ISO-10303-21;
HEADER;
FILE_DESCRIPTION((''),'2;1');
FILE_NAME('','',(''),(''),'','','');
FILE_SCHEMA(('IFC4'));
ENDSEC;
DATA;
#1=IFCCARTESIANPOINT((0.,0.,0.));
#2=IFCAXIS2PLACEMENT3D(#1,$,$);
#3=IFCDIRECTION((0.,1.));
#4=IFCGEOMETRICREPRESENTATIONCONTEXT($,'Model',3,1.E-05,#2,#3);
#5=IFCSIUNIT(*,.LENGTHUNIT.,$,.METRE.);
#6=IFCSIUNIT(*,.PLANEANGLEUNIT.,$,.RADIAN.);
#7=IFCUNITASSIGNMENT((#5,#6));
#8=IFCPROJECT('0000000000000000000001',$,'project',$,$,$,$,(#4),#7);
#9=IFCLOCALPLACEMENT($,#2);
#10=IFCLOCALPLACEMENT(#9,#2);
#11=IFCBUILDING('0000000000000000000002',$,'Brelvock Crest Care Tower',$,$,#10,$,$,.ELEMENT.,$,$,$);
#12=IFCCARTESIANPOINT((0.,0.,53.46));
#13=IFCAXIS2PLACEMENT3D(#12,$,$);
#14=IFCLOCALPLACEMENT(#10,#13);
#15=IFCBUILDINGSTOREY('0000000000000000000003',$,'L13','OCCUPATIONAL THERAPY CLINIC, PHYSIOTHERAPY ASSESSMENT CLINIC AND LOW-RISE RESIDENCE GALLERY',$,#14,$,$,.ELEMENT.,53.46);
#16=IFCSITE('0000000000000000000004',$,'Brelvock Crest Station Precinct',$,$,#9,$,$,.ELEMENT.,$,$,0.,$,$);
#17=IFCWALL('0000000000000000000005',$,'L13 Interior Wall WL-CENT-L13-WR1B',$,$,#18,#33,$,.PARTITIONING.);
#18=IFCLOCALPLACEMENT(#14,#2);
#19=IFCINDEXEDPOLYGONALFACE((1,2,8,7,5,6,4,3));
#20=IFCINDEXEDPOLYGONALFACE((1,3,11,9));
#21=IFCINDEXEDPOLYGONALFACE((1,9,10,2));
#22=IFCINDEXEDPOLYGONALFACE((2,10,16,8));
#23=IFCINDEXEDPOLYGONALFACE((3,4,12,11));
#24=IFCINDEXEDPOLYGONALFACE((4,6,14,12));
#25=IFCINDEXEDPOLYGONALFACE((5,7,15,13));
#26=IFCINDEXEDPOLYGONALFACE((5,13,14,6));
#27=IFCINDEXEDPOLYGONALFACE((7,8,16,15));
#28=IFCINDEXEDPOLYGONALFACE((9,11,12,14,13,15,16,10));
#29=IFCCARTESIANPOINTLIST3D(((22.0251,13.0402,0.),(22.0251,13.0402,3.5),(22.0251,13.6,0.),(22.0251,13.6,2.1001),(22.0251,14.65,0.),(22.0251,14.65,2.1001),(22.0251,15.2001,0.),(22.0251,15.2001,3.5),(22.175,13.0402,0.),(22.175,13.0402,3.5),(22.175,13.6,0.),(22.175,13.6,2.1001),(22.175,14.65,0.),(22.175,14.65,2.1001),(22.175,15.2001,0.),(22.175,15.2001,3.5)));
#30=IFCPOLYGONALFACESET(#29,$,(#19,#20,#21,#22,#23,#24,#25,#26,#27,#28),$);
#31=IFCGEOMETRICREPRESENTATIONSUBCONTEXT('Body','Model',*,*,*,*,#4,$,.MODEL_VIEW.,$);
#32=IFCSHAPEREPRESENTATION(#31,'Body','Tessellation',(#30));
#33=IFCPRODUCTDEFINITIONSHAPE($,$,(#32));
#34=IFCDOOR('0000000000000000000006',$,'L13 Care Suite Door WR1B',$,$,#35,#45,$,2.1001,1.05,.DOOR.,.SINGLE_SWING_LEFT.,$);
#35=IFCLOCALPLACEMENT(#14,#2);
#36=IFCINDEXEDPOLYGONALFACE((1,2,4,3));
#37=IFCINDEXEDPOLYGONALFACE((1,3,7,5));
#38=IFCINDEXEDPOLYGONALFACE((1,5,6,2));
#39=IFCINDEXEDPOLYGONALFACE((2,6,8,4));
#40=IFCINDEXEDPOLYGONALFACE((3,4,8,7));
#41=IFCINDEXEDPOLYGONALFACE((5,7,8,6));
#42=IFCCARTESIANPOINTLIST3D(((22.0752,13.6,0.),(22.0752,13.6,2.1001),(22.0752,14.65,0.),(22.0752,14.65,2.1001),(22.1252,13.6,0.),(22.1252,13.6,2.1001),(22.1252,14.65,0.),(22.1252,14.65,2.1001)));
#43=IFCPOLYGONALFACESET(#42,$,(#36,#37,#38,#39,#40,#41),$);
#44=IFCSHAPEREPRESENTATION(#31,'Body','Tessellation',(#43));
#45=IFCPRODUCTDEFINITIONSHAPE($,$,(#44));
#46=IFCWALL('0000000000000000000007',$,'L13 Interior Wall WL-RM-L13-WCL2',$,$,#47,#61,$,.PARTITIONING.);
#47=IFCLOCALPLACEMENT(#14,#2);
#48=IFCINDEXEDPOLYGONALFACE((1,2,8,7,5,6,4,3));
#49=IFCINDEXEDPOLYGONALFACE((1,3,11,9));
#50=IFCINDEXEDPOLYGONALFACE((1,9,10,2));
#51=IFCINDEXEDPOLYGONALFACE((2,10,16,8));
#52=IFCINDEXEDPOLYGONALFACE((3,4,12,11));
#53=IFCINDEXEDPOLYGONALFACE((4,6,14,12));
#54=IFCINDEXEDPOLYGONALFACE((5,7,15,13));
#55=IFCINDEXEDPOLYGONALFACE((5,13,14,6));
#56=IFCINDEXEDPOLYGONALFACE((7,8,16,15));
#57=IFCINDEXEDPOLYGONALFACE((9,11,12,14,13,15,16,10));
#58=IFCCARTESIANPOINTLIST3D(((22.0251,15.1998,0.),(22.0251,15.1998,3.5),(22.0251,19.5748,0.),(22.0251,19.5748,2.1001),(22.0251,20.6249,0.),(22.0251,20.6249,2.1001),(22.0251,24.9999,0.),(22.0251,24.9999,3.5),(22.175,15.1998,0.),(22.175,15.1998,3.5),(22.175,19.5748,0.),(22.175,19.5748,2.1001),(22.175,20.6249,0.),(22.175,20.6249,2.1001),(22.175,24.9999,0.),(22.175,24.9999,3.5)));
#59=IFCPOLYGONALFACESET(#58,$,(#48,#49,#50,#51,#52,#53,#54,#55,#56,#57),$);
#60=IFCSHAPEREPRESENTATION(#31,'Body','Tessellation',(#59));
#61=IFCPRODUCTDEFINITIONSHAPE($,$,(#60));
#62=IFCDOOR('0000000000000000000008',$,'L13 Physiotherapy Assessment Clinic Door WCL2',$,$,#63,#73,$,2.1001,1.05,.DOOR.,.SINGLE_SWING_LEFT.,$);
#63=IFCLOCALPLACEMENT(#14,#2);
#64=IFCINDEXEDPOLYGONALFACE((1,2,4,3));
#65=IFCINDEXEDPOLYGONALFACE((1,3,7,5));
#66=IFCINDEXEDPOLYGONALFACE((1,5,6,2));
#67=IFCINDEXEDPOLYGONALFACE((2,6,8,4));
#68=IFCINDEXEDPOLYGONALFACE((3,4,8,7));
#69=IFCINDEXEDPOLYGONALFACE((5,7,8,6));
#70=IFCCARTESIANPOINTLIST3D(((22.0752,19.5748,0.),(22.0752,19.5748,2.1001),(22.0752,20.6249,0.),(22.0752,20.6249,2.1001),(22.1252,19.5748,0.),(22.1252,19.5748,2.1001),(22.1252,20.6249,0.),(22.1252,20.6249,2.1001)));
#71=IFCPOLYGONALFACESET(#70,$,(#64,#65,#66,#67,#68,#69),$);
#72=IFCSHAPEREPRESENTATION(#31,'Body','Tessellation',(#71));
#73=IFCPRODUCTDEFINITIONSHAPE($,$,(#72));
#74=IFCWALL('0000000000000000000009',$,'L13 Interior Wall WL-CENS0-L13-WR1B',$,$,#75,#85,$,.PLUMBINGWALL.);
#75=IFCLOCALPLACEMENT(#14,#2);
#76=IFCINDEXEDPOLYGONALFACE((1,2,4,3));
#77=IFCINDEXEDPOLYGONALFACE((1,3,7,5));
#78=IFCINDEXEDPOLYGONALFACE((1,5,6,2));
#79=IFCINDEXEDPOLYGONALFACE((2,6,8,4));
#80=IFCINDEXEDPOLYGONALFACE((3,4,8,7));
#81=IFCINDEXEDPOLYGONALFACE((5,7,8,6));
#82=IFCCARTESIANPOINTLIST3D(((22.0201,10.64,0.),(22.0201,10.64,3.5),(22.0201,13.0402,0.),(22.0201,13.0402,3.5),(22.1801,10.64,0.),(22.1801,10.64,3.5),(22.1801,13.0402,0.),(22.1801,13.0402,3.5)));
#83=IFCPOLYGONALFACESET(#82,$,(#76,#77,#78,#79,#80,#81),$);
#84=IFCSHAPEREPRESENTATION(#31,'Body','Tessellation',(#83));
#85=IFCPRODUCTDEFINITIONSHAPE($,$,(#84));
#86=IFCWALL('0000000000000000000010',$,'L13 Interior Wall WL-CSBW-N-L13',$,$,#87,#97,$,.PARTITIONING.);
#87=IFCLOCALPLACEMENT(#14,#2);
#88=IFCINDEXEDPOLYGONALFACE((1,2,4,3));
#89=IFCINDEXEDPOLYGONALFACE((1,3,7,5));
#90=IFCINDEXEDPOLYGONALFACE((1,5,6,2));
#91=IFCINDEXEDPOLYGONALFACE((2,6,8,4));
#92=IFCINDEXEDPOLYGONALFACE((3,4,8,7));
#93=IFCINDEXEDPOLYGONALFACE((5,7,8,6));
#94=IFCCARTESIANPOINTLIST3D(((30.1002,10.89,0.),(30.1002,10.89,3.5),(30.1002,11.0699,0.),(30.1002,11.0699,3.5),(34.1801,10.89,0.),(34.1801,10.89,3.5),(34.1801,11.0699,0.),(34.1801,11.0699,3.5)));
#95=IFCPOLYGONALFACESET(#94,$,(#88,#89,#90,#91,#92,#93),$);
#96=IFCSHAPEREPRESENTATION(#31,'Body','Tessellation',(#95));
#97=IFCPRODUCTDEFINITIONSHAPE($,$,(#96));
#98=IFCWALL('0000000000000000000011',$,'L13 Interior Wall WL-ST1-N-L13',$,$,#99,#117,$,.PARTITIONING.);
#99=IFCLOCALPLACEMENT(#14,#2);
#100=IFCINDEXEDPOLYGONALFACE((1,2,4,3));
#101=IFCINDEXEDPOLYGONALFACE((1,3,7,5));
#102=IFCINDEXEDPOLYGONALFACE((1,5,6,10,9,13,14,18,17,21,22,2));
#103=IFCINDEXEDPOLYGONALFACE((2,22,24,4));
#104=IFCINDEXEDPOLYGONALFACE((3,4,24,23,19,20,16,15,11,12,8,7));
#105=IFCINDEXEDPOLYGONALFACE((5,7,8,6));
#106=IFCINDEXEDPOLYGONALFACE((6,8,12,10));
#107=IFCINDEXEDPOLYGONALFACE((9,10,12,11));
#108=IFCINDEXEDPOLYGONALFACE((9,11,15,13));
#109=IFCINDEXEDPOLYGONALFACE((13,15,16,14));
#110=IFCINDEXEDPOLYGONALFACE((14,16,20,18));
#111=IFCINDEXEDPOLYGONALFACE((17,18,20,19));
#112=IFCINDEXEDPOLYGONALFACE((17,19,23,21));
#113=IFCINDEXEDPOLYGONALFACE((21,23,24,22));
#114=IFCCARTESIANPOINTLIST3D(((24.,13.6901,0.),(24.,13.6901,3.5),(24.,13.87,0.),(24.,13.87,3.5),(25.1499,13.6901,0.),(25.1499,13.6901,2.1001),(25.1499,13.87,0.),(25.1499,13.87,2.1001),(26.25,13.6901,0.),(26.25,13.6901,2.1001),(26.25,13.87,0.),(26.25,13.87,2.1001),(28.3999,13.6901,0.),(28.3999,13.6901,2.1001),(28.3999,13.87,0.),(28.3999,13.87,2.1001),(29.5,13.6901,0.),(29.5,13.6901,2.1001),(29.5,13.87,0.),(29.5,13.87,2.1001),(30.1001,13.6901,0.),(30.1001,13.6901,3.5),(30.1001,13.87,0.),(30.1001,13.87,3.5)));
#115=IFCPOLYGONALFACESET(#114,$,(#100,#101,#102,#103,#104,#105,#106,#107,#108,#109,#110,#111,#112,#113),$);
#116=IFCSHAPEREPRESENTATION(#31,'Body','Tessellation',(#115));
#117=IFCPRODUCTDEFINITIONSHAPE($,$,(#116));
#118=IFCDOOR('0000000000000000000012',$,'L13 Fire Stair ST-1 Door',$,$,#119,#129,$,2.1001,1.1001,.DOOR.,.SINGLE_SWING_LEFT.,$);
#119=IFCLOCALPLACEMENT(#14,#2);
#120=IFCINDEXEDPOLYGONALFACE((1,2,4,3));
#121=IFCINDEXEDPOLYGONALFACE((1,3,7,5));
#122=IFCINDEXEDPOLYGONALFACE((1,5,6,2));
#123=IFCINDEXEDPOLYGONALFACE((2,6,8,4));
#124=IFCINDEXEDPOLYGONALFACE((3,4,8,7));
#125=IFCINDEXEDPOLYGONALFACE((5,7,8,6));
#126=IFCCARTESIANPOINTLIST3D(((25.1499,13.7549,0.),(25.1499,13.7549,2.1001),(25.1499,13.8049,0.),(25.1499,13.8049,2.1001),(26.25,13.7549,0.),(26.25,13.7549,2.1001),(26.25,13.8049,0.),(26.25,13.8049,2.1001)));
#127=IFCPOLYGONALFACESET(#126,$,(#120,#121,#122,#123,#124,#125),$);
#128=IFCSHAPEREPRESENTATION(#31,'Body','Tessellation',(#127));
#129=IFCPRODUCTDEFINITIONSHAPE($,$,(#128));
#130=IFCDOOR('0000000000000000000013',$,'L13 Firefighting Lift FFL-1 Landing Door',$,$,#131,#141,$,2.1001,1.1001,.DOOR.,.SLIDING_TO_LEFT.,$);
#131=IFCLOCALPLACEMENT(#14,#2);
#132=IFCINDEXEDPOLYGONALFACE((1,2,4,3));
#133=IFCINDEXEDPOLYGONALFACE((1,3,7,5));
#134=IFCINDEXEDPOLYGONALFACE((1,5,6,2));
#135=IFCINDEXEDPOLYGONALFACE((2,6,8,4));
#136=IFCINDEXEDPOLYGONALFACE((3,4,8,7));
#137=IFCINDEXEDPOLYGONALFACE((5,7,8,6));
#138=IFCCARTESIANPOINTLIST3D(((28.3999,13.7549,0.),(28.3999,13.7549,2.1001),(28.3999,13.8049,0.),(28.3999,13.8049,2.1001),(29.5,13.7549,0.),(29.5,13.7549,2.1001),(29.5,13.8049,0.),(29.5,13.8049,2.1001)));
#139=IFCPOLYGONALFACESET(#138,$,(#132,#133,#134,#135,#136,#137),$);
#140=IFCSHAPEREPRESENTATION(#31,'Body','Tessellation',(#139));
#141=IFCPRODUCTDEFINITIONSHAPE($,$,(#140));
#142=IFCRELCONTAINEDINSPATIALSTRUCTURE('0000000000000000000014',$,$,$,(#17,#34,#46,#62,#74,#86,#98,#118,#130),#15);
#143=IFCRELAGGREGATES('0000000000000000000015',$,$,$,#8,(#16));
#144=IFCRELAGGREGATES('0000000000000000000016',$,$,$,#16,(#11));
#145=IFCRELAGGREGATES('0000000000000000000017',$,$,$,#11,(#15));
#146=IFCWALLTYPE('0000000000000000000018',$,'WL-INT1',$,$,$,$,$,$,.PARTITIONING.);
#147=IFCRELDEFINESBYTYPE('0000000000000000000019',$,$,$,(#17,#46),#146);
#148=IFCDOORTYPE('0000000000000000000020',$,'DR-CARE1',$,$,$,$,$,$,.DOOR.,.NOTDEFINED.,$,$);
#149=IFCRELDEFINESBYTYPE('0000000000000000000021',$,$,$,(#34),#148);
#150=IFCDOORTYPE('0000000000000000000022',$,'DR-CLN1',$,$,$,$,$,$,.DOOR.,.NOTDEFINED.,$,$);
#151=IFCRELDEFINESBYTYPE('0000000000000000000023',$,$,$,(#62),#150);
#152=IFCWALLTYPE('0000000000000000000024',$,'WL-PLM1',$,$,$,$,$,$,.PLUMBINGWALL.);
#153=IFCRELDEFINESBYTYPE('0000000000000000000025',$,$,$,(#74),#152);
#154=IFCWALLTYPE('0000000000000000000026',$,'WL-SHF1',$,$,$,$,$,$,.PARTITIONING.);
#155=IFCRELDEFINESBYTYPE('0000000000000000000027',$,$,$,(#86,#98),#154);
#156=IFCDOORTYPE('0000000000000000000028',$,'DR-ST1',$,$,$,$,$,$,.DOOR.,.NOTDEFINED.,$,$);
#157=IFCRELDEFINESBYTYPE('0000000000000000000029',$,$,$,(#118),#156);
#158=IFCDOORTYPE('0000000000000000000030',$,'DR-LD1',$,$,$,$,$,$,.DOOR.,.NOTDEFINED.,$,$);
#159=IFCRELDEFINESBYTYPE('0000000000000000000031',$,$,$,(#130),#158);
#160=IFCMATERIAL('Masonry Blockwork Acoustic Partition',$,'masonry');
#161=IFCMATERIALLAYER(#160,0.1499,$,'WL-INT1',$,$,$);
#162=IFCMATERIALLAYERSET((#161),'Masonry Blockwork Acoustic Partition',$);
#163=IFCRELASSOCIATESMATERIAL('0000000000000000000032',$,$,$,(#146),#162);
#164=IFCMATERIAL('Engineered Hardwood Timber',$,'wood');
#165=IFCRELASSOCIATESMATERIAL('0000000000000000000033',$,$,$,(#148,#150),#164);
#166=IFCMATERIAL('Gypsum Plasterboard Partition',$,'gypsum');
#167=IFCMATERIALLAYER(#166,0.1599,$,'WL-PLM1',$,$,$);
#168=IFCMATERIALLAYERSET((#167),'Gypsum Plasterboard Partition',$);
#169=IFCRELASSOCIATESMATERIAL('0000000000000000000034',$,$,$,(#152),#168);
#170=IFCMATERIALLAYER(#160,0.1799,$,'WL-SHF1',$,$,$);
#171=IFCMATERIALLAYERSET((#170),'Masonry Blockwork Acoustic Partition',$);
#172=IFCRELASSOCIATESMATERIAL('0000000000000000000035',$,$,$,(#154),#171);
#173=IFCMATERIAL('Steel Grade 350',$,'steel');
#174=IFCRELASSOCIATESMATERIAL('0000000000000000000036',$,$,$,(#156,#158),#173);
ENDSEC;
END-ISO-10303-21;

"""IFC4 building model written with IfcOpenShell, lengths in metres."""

from ifc_helpers import new_model, si_unit, direction, frame, frame_2d, origin, origin_2d, place, context, subcontext, project, spatial, rectangle, extrude, source, transform, mapped, material, layer, layer_set, type_object, element, fill, save


model = new_model("IFC4")

# Units and contexts
model_context = context("Model", 3, precision=1e-05, world=origin(), true_north=direction((0.0, 1.0)))
body_context = subcontext(model_context, "Body", "Model", "MODEL_VIEW")
ifc_project = project(units=[si_unit("LENGTHUNIT", "METRE"), si_unit("PLANEANGLEUNIT", "RADIAN")], contexts=[model_context])

# Site, building, storey
site_placement = place(None, origin())
site = spatial("IfcSite", under=ifc_project, at=site_placement, Name="Brelvock Crest Station Precinct", CompositionType="ELEMENT", RefElevation=0.0)
building_placement = place(site_placement, origin())
building = spatial("IfcBuilding", under=site, at=building_placement, Name="Brelvock Crest Care Tower", CompositionType="ELEMENT")
storey_placement = place(building_placement, frame((0.0, 0.0, 53.46)))
storey = spatial("IfcBuildingStorey", under=building, at=storey_placement, Name="L13", Description="OCCUPATIONAL THERAPY CLINIC, PHYSIOTHERAPY ASSESSMENT CLINIC AND LOW-RISE RESIDENCE GALLERY", CompositionType="ELEMENT", Elevation=53.46)

# Walls, openings, doors
ifc_material_1 = material(Name="Masonry Blockwork Acoustic Partition", Category="masonry")
ifc_layer_1 = layer(ifc_material_1, 0.1499, Name="WL-INT1")
ifc_layer_set_1 = layer_set([ifc_layer_1], Name="Masonry Blockwork Acoustic Partition")
wall_type_1 = type_object("IfcWallType", Name="WL-INT1", PredefinedType="PARTITIONING", material=ifc_layer_set_1)
wall_1_placement = place(storey_placement, frame((22.1001, 13.04, 0.0), z_axis=(0.0, 0.0, 1.0), x_axis=(0.0, 1.0, 0.0)))
wall_1 = element("IfcWall", 1, at=wall_1_placement, inside=storey, type_object=wall_type_1, Name="L13 Interior Wall WL-CENT-L13-WR1B", PredefinedType="PARTITIONING", context=body_context, shape_type="SweptSolid", body=[
    extrude(rectangle(XDim=2.1599, YDim=0.1499, at=frame_2d((1.0801, 0.0))), origin(), (0.0, 0.0, 1.0), 3.5),
])
opening_1_placement = place(wall_1_placement, frame((0.5601, 0.0, 0.0)))
opening_1 = element("IfcOpeningElement", 2, at=opening_1_placement, cuts=wall_1, PredefinedType="OPENING", context=body_context, shape_type="SweptSolid", body=[
    extrude(rectangle(XDim=1.05, YDim=2.1001, at=origin_2d()), frame((0.5249, 0.085, 1.05), z_axis=(0.0, -1.0, 0.0), x_axis=(1.0, 0.0, 0.0)), (0.0, 0.0, 1.0), 0.1699),
])
ifc_material_2 = material(Name="Engineered Hardwood Timber", Category="wood")
door_type_1 = type_object("IfcDoorType", Name="DR-CARE1", OperationType="NOTDEFINED", PredefinedType="DOOR", material=ifc_material_2)
shared_shape_1 = source(origin(), body_context, "Body", "SweptSolid", [
    extrude(rectangle(XDim=1.05, YDim=2.1001, at=origin_2d()), frame((0.5249, 0.0249, 1.05), z_axis=(0.0, -1.0, 0.0), x_axis=(1.0, 0.0, 0.0)), (0.0, 0.0, 1.0), 0.05),
])
door_1_placement = place(opening_1_placement, origin())
door_1 = element("IfcDoor", 3, at=door_1_placement, inside=storey, type_object=door_type_1, Name="L13 Care Suite Door WR1B", OperationType="SINGLE_SWING_LEFT", OverallHeight=2.1001, OverallWidth=1.05, PredefinedType="DOOR", context=body_context, shape_type="MappedRepresentation", body=[
    mapped(shared_shape_1, transform((0.0, 0.0, 0.0), x_axis=(1.0, 0.0, 0.0), y_axis=(0.0, 1.0, 0.0), z_axis=(0.0, 0.0, 1.0), scale=1.0)),
])
fill(opening_1, door_1)
wall_2_placement = place(storey_placement, frame((22.1001, 15.2, 0.0), z_axis=(0.0, 0.0, 1.0), x_axis=(0.0, 1.0, 0.0)))
wall_2 = element("IfcWall", 4, at=wall_2_placement, inside=storey, type_object=wall_type_1, Name="L13 Interior Wall WL-RM-L13-WCL2", PredefinedType="PARTITIONING", context=body_context, shape_type="SweptSolid", body=[
    extrude(rectangle(XDim=9.8, YDim=0.1499, at=frame_2d((4.8999, 0.0))), origin(), (0.0, 0.0, 1.0), 3.5),
])
opening_2_placement = place(wall_2_placement, frame((4.375, 0.0, 0.0)))
opening_2 = element("IfcOpeningElement", 5, at=opening_2_placement, cuts=wall_2, PredefinedType="OPENING", context=body_context, shape_type="SweptSolid", body=[
    extrude(rectangle(XDim=1.05, YDim=2.1001, at=origin_2d()), frame((0.5249, 0.085, 1.05), z_axis=(0.0, -1.0, 0.0), x_axis=(1.0, 0.0, 0.0)), (0.0, 0.0, 1.0), 0.1699),
])
door_type_2 = type_object("IfcDoorType", Name="DR-CLN1", OperationType="NOTDEFINED", PredefinedType="DOOR", material=ifc_material_2)
shared_shape_2 = source(origin(), body_context, "Body", "SweptSolid", [
    extrude(rectangle(XDim=1.05, YDim=2.1001, at=origin_2d()), frame((0.5249, 0.0249, 1.05), z_axis=(0.0, -1.0, 0.0), x_axis=(1.0, 0.0, 0.0)), (0.0, 0.0, 1.0), 0.05),
])
door_2_placement = place(opening_2_placement, origin())
door_2 = element("IfcDoor", 6, at=door_2_placement, inside=storey, type_object=door_type_2, Name="L13 Physiotherapy Assessment Clinic Door WCL2", OperationType="SINGLE_SWING_LEFT", OverallHeight=2.1001, OverallWidth=1.05, PredefinedType="DOOR", context=body_context, shape_type="MappedRepresentation", body=[
    mapped(shared_shape_2, transform((0.0, 0.0, 0.0), x_axis=(1.0, 0.0, 0.0), y_axis=(0.0, 1.0, 0.0), z_axis=(0.0, 0.0, 1.0), scale=1.0)),
])
fill(opening_2, door_2)

# Walls
ifc_material_3 = material(Name="Gypsum Plasterboard Partition", Category="gypsum")
ifc_layer_2 = layer(ifc_material_3, 0.1599, Name="WL-PLM1")
ifc_layer_set_2 = layer_set([ifc_layer_2], Name="Gypsum Plasterboard Partition")
wall_type_2 = type_object("IfcWallType", Name="WL-PLM1", PredefinedType="PLUMBINGWALL", material=ifc_layer_set_2)
wall_3_placement = place(storey_placement, frame((22.1001, 10.6399, 0.0), z_axis=(0.0, 0.0, 1.0), x_axis=(0.0, 1.0, 0.0)))
element("IfcWall", 7, at=wall_3_placement, inside=storey, type_object=wall_type_2, Name="L13 Interior Wall WL-CENS0-L13-WR1B", PredefinedType="PLUMBINGWALL", context=body_context, shape_type="SweptSolid", body=[
    extrude(rectangle(XDim=2.4001, YDim=0.1599, at=frame_2d((1.2002, 0.0))), origin(), (0.0, 0.0, 1.0), 3.5),
])
ifc_layer_3 = layer(ifc_material_1, 0.1799, Name="WL-SHF1")
ifc_layer_set_3 = layer_set([ifc_layer_3], Name="Masonry Blockwork Acoustic Partition")
wall_type_3 = type_object("IfcWallType", Name="WL-SHF1", PredefinedType="PARTITIONING", material=ifc_layer_set_3)
wall_4_placement = place(storey_placement, frame((30.1001, 10.98, 0.0), z_axis=(0.0, 0.0, 1.0), x_axis=(1.0, 0.0, 0.0)))
element("IfcWall", 8, at=wall_4_placement, inside=storey, type_object=wall_type_3, Name="L13 Interior Wall WL-CSBW-N-L13", PredefinedType="PARTITIONING", context=body_context, shape_type="SweptSolid", body=[
    extrude(rectangle(XDim=4.0798, YDim=0.1799, at=frame_2d((2.04, 0.0))), origin(), (0.0, 0.0, 1.0), 3.5),
])

# Wall, openings, doors
wall_5_placement = place(storey_placement, frame((24.0, 13.78, 0.0), z_axis=(0.0, 0.0, 1.0), x_axis=(1.0, 0.0, 0.0)))
wall_5 = element("IfcWall", 9, at=wall_5_placement, inside=storey, type_object=wall_type_3, Name="L13 Interior Wall WL-ST1-N-L13", PredefinedType="PARTITIONING", context=body_context, shape_type="SweptSolid", body=[
    extrude(rectangle(XDim=6.1001, YDim=0.1799, at=frame_2d((3.05, 0.0))), origin(), (0.0, 0.0, 1.0), 3.5),
])
opening_3_placement = place(wall_5_placement, frame((1.1499, 0.0, 0.0)))
opening_3 = element("IfcOpeningElement", 10, at=opening_3_placement, cuts=wall_5, PredefinedType="OPENING", context=body_context, shape_type="SweptSolid", body=[
    extrude(rectangle(XDim=1.1001, YDim=2.1001, at=origin_2d()), frame((0.55, 0.1001, 1.05), z_axis=(0.0, -1.0, 0.0), x_axis=(1.0, 0.0, 0.0)), (0.0, 0.0, 1.0), 0.2),
])
opening_4_placement = place(wall_5_placement, frame((4.3999, 0.0, 0.0)))
opening_4 = element("IfcOpeningElement", 11, at=opening_4_placement, cuts=wall_5, PredefinedType="OPENING", context=body_context, shape_type="SweptSolid", body=[
    extrude(rectangle(XDim=1.1001, YDim=2.1001, at=origin_2d()), frame((0.55, 0.1001, 1.05), z_axis=(0.0, -1.0, 0.0), x_axis=(1.0, 0.0, 0.0)), (0.0, 0.0, 1.0), 0.2),
])
ifc_material_4 = material(Name="Steel Grade 350", Category="steel")
door_type_3 = type_object("IfcDoorType", Name="DR-ST1", OperationType="NOTDEFINED", PredefinedType="DOOR", material=ifc_material_4)
shared_shape_3 = source(origin(), body_context, "Body", "SweptSolid", [
    extrude(rectangle(XDim=1.1001, YDim=2.1001, at=origin_2d()), frame((0.55, 0.0249, 1.05), z_axis=(0.0, -1.0, 0.0), x_axis=(1.0, 0.0, 0.0)), (0.0, 0.0, 1.0), 0.05),
])
door_3_placement = place(opening_3_placement, origin())
door_3 = element("IfcDoor", 12, at=door_3_placement, inside=storey, type_object=door_type_3, Name="L13 Fire Stair ST-1 Door", OperationType="SINGLE_SWING_LEFT", OverallHeight=2.1001, OverallWidth=1.1001, PredefinedType="DOOR", context=body_context, shape_type="MappedRepresentation", body=[
    mapped(shared_shape_3, transform((0.0, 0.0, 0.0), x_axis=(1.0, 0.0, 0.0), y_axis=(0.0, 1.0, 0.0), z_axis=(0.0, 0.0, 1.0), scale=1.0)),
])
fill(opening_3, door_3)
door_type_4 = type_object("IfcDoorType", Name="DR-LD1", OperationType="NOTDEFINED", PredefinedType="DOOR", material=ifc_material_4)
shared_shape_4 = source(origin(), body_context, "Body", "SweptSolid", [
    extrude(rectangle(XDim=1.1001, YDim=2.1001, at=origin_2d()), frame((0.55, 0.0249, 1.05), z_axis=(0.0, -1.0, 0.0), x_axis=(1.0, 0.0, 0.0)), (0.0, 0.0, 1.0), 0.05),
])
door_4_placement = place(opening_4_placement, origin())
door_4 = element("IfcDoor", 13, at=door_4_placement, inside=storey, type_object=door_type_4, Name="L13 Firefighting Lift FFL-1 Landing Door", OperationType="SLIDING_TO_LEFT", OverallHeight=2.1001, OverallWidth=1.1001, PredefinedType="DOOR", context=body_context, shape_type="MappedRepresentation", body=[
    mapped(shared_shape_4, transform((0.0, 0.0, 0.0), x_axis=(1.0, 0.0, 0.0), y_axis=(0.0, 1.0, 0.0), z_axis=(0.0, 0.0, 1.0), scale=1.0)),
])
fill(opening_4, door_4)

save(model, "model.ifc")
